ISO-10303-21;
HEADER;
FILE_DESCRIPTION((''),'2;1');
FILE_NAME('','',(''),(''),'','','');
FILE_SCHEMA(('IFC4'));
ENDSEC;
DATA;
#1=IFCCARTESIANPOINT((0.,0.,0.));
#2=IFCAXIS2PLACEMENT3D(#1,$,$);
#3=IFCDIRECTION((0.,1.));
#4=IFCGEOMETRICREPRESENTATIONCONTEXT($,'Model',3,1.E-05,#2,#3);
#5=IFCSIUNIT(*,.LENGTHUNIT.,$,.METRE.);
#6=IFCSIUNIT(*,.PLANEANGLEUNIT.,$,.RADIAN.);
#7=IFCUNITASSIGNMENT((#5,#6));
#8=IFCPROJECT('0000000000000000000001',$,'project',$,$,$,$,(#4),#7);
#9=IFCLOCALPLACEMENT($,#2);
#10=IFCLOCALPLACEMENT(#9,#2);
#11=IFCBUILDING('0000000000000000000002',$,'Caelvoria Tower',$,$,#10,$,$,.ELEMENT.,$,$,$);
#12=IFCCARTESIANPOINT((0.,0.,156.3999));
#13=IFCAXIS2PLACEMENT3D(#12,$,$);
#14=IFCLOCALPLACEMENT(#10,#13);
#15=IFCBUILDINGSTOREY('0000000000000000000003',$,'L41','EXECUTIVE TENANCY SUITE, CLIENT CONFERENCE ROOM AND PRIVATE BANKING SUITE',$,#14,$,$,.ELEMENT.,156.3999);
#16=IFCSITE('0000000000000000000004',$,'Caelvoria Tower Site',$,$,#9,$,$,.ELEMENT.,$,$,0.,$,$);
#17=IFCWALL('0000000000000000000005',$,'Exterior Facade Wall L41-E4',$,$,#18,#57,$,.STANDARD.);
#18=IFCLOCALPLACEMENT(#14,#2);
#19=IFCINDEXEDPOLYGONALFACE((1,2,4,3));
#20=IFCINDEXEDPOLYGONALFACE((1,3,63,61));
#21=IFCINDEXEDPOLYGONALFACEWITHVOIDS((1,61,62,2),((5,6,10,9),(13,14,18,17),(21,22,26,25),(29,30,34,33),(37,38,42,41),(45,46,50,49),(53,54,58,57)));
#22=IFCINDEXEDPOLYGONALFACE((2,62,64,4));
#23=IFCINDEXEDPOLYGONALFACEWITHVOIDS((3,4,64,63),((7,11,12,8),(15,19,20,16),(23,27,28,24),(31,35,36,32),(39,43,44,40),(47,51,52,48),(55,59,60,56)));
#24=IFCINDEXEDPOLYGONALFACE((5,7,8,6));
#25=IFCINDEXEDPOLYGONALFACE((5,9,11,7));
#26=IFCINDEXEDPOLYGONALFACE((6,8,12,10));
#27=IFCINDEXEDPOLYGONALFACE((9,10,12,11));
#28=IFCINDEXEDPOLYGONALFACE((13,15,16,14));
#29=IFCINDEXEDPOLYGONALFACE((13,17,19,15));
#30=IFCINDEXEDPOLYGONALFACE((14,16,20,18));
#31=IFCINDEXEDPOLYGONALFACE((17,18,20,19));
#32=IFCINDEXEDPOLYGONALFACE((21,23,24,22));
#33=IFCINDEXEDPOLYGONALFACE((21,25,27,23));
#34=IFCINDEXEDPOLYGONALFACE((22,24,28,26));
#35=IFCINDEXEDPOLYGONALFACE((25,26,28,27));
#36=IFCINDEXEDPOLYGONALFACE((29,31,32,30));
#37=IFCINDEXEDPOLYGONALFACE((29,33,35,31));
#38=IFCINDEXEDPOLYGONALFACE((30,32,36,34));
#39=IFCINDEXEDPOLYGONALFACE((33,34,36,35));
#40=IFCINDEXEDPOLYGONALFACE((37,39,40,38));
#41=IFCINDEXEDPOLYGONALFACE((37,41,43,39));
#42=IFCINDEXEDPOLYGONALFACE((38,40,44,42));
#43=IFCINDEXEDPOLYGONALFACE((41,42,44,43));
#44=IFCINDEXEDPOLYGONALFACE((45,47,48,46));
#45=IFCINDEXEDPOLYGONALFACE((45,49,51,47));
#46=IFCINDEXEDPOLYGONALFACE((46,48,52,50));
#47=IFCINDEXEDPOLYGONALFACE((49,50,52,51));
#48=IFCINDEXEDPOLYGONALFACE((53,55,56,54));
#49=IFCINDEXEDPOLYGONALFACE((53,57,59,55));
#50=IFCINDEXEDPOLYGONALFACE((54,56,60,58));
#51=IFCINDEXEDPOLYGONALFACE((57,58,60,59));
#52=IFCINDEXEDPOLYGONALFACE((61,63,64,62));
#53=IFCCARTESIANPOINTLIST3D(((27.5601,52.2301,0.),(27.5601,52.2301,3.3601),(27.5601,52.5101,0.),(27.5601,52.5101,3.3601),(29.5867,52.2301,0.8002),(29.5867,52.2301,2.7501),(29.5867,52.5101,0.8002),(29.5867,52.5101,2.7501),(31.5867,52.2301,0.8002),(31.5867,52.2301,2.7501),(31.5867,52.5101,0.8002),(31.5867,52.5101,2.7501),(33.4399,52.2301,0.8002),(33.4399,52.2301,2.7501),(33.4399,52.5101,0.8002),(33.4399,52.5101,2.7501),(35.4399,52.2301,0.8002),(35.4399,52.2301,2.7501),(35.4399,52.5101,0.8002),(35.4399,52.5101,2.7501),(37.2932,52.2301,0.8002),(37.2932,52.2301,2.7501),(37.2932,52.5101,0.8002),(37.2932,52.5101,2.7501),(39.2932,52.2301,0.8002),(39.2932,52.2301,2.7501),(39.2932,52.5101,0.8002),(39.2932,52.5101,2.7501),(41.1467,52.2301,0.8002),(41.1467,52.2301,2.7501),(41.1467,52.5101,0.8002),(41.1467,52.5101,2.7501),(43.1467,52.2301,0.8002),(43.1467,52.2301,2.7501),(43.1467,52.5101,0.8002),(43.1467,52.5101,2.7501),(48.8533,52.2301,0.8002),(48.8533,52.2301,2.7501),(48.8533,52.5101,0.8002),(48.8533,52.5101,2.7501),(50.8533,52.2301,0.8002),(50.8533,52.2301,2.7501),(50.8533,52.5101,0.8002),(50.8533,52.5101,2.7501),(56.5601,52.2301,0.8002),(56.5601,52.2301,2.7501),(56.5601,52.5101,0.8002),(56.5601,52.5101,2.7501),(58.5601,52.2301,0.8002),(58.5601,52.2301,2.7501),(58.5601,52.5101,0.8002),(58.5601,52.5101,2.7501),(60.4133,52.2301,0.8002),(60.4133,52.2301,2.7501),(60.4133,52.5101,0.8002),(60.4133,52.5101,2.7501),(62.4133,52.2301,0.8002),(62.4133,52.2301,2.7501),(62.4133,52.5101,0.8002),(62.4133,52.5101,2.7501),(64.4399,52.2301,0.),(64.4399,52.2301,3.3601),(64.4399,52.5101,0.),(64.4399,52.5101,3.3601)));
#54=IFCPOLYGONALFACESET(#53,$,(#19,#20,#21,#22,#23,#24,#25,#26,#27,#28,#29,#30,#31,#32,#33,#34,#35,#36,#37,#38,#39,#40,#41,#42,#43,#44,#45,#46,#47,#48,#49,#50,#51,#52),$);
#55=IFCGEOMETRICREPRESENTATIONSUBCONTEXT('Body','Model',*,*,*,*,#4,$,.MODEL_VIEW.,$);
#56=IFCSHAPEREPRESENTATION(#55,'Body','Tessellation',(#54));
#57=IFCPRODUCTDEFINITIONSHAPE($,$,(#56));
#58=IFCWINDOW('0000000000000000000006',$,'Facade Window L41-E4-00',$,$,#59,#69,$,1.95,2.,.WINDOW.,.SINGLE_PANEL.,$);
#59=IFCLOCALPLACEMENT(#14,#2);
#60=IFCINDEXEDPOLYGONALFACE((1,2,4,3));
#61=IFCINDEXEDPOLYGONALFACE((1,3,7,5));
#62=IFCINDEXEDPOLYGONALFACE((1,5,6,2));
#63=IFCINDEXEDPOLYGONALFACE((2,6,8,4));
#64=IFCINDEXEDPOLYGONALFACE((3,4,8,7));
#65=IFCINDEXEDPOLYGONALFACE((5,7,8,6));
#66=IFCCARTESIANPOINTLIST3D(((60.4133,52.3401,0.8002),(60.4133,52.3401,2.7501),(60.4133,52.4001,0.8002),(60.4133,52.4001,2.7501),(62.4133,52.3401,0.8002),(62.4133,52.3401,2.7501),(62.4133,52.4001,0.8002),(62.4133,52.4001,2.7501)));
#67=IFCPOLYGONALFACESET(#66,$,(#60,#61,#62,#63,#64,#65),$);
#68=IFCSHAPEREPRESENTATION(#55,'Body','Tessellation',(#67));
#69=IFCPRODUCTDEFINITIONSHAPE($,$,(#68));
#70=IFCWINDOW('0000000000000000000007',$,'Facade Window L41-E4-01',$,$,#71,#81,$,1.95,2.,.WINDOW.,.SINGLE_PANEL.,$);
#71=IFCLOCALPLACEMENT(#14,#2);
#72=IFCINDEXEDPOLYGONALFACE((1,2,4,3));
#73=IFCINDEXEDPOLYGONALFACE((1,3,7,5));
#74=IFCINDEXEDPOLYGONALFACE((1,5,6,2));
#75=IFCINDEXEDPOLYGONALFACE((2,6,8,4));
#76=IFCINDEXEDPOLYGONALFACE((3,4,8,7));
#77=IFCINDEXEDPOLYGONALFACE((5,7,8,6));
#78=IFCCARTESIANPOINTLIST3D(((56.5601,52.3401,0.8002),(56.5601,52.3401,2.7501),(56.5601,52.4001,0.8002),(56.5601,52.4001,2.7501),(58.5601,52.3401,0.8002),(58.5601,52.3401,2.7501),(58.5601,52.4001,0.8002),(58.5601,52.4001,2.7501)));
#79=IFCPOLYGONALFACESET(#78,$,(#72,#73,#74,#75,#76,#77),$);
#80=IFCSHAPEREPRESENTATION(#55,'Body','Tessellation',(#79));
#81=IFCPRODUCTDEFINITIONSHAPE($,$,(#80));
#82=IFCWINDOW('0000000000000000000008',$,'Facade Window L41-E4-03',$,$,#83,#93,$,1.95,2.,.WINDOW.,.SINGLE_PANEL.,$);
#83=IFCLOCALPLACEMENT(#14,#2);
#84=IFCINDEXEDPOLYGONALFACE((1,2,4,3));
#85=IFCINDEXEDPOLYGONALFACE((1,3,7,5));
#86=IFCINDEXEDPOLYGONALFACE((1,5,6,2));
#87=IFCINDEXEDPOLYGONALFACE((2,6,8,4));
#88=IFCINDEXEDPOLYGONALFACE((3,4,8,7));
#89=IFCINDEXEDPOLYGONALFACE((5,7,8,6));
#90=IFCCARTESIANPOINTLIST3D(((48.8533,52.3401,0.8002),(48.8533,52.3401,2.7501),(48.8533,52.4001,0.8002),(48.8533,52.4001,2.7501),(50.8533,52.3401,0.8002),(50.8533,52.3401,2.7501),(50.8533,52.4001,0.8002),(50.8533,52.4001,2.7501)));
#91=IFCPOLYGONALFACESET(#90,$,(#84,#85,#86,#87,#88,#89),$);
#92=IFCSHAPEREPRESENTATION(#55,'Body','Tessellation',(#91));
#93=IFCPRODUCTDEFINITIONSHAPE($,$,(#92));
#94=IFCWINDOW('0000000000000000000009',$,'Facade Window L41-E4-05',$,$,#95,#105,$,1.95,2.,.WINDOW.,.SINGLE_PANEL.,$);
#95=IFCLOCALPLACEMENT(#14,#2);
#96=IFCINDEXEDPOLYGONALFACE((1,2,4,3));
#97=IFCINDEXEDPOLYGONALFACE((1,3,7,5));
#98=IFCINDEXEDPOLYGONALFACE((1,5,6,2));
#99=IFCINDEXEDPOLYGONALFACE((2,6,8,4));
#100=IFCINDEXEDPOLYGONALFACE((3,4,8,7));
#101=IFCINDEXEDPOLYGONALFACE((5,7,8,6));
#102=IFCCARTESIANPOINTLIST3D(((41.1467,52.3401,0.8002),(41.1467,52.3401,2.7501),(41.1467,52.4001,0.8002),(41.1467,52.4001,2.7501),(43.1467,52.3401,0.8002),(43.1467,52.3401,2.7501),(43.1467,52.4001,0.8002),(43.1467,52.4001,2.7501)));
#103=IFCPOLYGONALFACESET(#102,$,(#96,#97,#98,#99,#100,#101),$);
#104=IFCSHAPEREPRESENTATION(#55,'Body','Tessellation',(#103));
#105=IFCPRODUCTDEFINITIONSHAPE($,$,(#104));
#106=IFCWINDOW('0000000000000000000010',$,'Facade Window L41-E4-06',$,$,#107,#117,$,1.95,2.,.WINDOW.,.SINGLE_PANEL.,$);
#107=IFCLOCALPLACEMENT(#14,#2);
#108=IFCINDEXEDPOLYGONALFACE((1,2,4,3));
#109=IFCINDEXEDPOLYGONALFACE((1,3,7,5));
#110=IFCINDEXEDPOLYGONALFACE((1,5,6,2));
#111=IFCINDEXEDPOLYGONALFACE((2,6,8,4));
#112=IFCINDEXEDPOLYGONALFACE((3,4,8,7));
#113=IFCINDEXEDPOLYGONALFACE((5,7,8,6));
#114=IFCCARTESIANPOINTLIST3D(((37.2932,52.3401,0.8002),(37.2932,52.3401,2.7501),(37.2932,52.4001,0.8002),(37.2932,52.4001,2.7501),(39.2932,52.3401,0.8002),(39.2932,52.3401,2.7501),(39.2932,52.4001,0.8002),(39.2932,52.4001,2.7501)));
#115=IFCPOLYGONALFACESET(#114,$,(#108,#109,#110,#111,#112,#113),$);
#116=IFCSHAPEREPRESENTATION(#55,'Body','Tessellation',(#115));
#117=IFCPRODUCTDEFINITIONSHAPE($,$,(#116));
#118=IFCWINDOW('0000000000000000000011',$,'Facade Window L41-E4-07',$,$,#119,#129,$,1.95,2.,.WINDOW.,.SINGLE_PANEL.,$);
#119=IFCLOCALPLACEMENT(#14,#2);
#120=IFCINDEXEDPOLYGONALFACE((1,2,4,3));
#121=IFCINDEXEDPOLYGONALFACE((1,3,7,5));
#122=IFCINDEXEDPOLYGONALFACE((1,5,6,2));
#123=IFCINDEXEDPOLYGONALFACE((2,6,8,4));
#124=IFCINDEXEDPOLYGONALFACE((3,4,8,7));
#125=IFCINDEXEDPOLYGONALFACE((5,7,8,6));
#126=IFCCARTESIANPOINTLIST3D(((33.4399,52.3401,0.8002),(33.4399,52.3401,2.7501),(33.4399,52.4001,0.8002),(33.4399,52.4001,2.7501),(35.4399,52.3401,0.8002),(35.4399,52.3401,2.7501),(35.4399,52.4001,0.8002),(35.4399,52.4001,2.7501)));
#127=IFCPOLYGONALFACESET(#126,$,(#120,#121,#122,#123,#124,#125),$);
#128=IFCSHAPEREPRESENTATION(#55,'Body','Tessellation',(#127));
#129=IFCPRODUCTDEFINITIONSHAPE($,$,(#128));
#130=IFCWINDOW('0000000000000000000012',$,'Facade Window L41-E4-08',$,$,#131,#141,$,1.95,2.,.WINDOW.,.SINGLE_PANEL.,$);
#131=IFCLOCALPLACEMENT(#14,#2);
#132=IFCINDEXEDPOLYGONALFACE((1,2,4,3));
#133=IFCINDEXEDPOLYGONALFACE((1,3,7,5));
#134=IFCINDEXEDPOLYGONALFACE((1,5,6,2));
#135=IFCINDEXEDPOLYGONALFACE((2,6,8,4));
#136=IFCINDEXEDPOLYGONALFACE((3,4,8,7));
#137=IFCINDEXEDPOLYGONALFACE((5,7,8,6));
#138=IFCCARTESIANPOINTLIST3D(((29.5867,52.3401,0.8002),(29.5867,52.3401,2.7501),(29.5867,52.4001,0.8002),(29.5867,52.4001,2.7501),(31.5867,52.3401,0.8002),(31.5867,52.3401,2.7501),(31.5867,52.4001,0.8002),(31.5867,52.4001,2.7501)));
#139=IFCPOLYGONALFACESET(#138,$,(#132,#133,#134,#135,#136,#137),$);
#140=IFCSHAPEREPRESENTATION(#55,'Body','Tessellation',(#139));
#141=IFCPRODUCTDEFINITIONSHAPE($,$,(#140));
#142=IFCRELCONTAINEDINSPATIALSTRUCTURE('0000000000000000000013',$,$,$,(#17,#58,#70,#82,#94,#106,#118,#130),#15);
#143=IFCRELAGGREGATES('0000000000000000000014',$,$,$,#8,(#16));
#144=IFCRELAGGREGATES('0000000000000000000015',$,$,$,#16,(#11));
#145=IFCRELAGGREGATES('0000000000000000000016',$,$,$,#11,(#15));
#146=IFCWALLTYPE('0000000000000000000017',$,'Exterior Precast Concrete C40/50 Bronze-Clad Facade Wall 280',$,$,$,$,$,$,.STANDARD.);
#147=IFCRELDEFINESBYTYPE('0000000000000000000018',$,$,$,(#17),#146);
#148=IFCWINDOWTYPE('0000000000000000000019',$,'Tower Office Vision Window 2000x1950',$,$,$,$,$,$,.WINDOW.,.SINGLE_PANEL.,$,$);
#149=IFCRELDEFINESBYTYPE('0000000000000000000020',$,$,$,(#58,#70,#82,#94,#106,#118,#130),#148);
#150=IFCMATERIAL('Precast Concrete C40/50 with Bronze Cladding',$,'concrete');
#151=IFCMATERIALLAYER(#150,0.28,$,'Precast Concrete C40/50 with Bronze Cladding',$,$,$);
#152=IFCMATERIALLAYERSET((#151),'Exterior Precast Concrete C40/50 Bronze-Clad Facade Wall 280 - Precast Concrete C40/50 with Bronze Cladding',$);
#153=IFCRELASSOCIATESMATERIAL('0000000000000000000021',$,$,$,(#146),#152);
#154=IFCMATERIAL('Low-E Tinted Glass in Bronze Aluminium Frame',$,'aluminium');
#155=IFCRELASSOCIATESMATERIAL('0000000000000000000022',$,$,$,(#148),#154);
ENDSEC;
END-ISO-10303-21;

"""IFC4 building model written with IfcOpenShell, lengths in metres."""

from ifc_helpers import new_model, si_unit, direction, frame, frame_2d, origin, place, context, subcontext, project, spatial, rectangle, extrude, material, layer, layer_set, type_object, element, fill, save


model = new_model("IFC4")

# Units and contexts
model_context = context("Model", 3, precision=1e-05, world=origin(), true_north=direction((0.0, 1.0)))
body_context = subcontext(model_context, "Body", "Model", "MODEL_VIEW")
ifc_project = project(units=[si_unit("LENGTHUNIT", "METRE"), si_unit("PLANEANGLEUNIT", "RADIAN")], contexts=[model_context])

# Site, building, storey
site_placement = place(None, origin())
site = spatial("IfcSite", under=ifc_project, at=site_placement, Name="Caelvoria Tower Site", CompositionType="ELEMENT", RefElevation=0.0)
building_placement = place(site_placement, origin())
building = spatial("IfcBuilding", under=site, at=building_placement, Name="Caelvoria Tower", CompositionType="ELEMENT")
storey_placement = place(building_placement, frame((0.0, 0.0, 156.3999)))
storey = spatial("IfcBuildingStorey", under=building, at=storey_placement, Name="L41", Description="EXECUTIVE TENANCY SUITE, CLIENT CONFERENCE ROOM AND PRIVATE BANKING SUITE", CompositionType="ELEMENT", Elevation=156.3999)

# Shared definitions
ifc_material_1 = material(Name="Precast Concrete C40/50 with Bronze Cladding", Category="concrete")
ifc_layer_1 = layer(ifc_material_1, 0.28, Name="Precast Concrete C40/50 with Bronze Cladding")
ifc_layer_set_1 = layer_set([ifc_layer_1], Name="Exterior Precast Concrete C40/50 Bronze-Clad Facade Wall 280 - Precast Concrete C40/50 with Bronze Cladding")
wall_type_1 = type_object("IfcWallType", Name="Exterior Precast Concrete C40/50 Bronze-Clad Facade Wall 280", PredefinedType="STANDARD", material=ifc_layer_set_1)

# Wall, openings, windows
wall_1_placement = place(storey_placement, frame((64.4399, 52.3701, 0.0), z_axis=(0.0, 0.0, 1.0), x_axis=(-1.0, 0.0, 0.0)))
wall_1 = element("IfcWall", 1, at=wall_1_placement, inside=storey, type_object=wall_type_1, Name="Exterior Facade Wall L41-E4", PredefinedType="STANDARD", context=body_context, shape_type="SweptSolid", body=[
    extrude(rectangle(XDim=36.8799, YDim=0.28, at=frame_2d((18.4399, 0.0))), origin(), (0.0, 0.0, 1.0), 3.3601),
])
opening_1_placement = place(wall_1_placement, frame((2.0266, 0.0, 0.8)))
opening_1 = element("IfcOpeningElement", 2, at=opening_1_placement, cuts=wall_1, PredefinedType="OPENING", context=body_context, shape_type="SweptSolid", body=[
    extrude(rectangle(XDim=2.0, YDim=1.95, at=frame_2d((1.0, 0.9751))), frame((0.0, 0.1499, 0.0), z_axis=(0.0, -1.0, 0.0), x_axis=(1.0, 0.0, 0.0)), (0.0, 0.0, 1.0), 0.3),
])
opening_2_placement = place(wall_1_placement, frame((5.8799, 0.0, 0.8)))
opening_2 = element("IfcOpeningElement", 3, at=opening_2_placement, cuts=wall_1, PredefinedType="OPENING", context=body_context, shape_type="SweptSolid", body=[
    extrude(rectangle(XDim=2.0, YDim=1.95, at=frame_2d((1.0, 0.9751))), frame((0.0, 0.1499, 0.0), z_axis=(0.0, -1.0, 0.0), x_axis=(1.0, 0.0, 0.0)), (0.0, 0.0, 1.0), 0.3),
])
opening_3_placement = place(wall_1_placement, frame((13.5867, 0.0, 0.8)))
opening_3 = element("IfcOpeningElement", 4, at=opening_3_placement, cuts=wall_1, PredefinedType="OPENING", context=body_context, shape_type="SweptSolid", body=[
    extrude(rectangle(XDim=2.0, YDim=1.95, at=frame_2d((1.0, 0.9751))), frame((0.0, 0.1499, 0.0), z_axis=(0.0, -1.0, 0.0), x_axis=(1.0, 0.0, 0.0)), (0.0, 0.0, 1.0), 0.3),
])
opening_4_placement = place(wall_1_placement, frame((21.2932, 0.0, 0.8)))
opening_4 = element("IfcOpeningElement", 5, at=opening_4_placement, cuts=wall_1, PredefinedType="OPENING", context=body_context, shape_type="SweptSolid", body=[
    extrude(rectangle(XDim=2.0, YDim=1.95, at=frame_2d((1.0, 0.9751))), frame((0.0, 0.1499, 0.0), z_axis=(0.0, -1.0, 0.0), x_axis=(1.0, 0.0, 0.0)), (0.0, 0.0, 1.0), 0.3),
])
opening_5_placement = place(wall_1_placement, frame((25.1467, 0.0, 0.8)))
opening_5 = element("IfcOpeningElement", 6, at=opening_5_placement, cuts=wall_1, PredefinedType="OPENING", context=body_context, shape_type="SweptSolid", body=[
    extrude(rectangle(XDim=2.0, YDim=1.95, at=frame_2d((1.0, 0.9751))), frame((0.0, 0.1499, 0.0), z_axis=(0.0, -1.0, 0.0), x_axis=(1.0, 0.0, 0.0)), (0.0, 0.0, 1.0), 0.3),
])
opening_6_placement = place(wall_1_placement, frame((29.0, 0.0, 0.8)))
opening_6 = element("IfcOpeningElement", 7, at=opening_6_placement, cuts=wall_1, PredefinedType="OPENING", context=body_context, shape_type="SweptSolid", body=[
    extrude(rectangle(XDim=2.0, YDim=1.95, at=frame_2d((1.0, 0.9751))), frame((0.0, 0.1499, 0.0), z_axis=(0.0, -1.0, 0.0), x_axis=(1.0, 0.0, 0.0)), (0.0, 0.0, 1.0), 0.3),
])
opening_7_placement = place(wall_1_placement, frame((32.8533, 0.0, 0.8)))
opening_7 = element("IfcOpeningElement", 8, at=opening_7_placement, cuts=wall_1, PredefinedType="OPENING", context=body_context, shape_type="SweptSolid", body=[
    extrude(rectangle(XDim=2.0, YDim=1.95, at=frame_2d((1.0, 0.9751))), frame((0.0, 0.1499, 0.0), z_axis=(0.0, -1.0, 0.0), x_axis=(1.0, 0.0, 0.0)), (0.0, 0.0, 1.0), 0.3),
])
ifc_material_2 = material(Name="Low-E Tinted Glass in Bronze Aluminium Frame", Category="aluminium")
window_type = type_object("IfcWindowType", Name="Tower Office Vision Window 2000x1950", PartitioningType="SINGLE_PANEL", PredefinedType="WINDOW", material=ifc_material_2)
window_1_placement = place(opening_1_placement, origin())
window_1 = element("IfcWindow", 9, at=window_1_placement, inside=storey, type_object=window_type, Name="Facade Window L41-E4-00", OverallHeight=1.95, OverallWidth=2.0, PartitioningType="SINGLE_PANEL", PredefinedType="WINDOW", context=body_context, shape_type="SweptSolid", body=[
    extrude(rectangle(XDim=2.0, YDim=1.95, at=frame_2d((1.0, 0.9751))), frame((0.0, 0.03, 0.0), z_axis=(0.0, -1.0, 0.0), x_axis=(1.0, 0.0, 0.0)), (0.0, 0.0, 1.0), 0.0601),
])
fill(opening_1, window_1)
window_2_placement = place(opening_2_placement, origin())
window_2 = element("IfcWindow", 10, at=window_2_placement, inside=storey, type_object=window_type, Name="Facade Window L41-E4-01", OverallHeight=1.95, OverallWidth=2.0, PartitioningType="SINGLE_PANEL", PredefinedType="WINDOW", context=body_context, shape_type="SweptSolid", body=[
    extrude(rectangle(XDim=2.0, YDim=1.95, at=frame_2d((1.0, 0.9751))), frame((0.0, 0.03, 0.0), z_axis=(0.0, -1.0, 0.0), x_axis=(1.0, 0.0, 0.0)), (0.0, 0.0, 1.0), 0.0601),
])
fill(opening_2, window_2)
window_3_placement = place(opening_3_placement, origin())
window_3 = element("IfcWindow", 11, at=window_3_placement, inside=storey, type_object=window_type, Name="Facade Window L41-E4-03", OverallHeight=1.95, OverallWidth=2.0, PartitioningType="SINGLE_PANEL", PredefinedType="WINDOW", context=body_context, shape_type="SweptSolid", body=[
    extrude(rectangle(XDim=2.0, YDim=1.95, at=frame_2d((1.0, 0.9751))), frame((0.0, 0.03, 0.0), z_axis=(0.0, -1.0, 0.0), x_axis=(1.0, 0.0, 0.0)), (0.0, 0.0, 1.0), 0.0601),
])
fill(opening_3, window_3)
window_4_placement = place(opening_4_placement, origin())
window_4 = element("IfcWindow", 12, at=window_4_placement, inside=storey, type_object=window_type, Name="Facade Window L41-E4-05", OverallHeight=1.95, OverallWidth=2.0, PartitioningType="SINGLE_PANEL", PredefinedType="WINDOW", context=body_context, shape_type="SweptSolid", body=[
    extrude(rectangle(XDim=2.0, YDim=1.95, at=frame_2d((1.0, 0.9751))), frame((0.0, 0.03, 0.0), z_axis=(0.0, -1.0, 0.0), x_axis=(1.0, 0.0, 0.0)), (0.0, 0.0, 1.0), 0.0601),
])
fill(opening_4, window_4)
window_5_placement = place(opening_5_placement, origin())
window_5 = element("IfcWindow", 13, at=window_5_placement, inside=storey, type_object=window_type, Name="Facade Window L41-E4-06", OverallHeight=1.95, OverallWidth=2.0, PartitioningType="SINGLE_PANEL", PredefinedType="WINDOW", context=body_context, shape_type="SweptSolid", body=[
    extrude(rectangle(XDim=2.0, YDim=1.95, at=frame_2d((1.0, 0.9751))), frame((0.0, 0.03, 0.0), z_axis=(0.0, -1.0, 0.0), x_axis=(1.0, 0.0, 0.0)), (0.0, 0.0, 1.0), 0.0601),
])
fill(opening_5, window_5)
window_6_placement = place(opening_6_placement, origin())
window_6 = element("IfcWindow", 14, at=window_6_placement, inside=storey, type_object=window_type, Name="Facade Window L41-E4-07", OverallHeight=1.95, OverallWidth=2.0, PartitioningType="SINGLE_PANEL", PredefinedType="WINDOW", context=body_context, shape_type="SweptSolid", body=[
    extrude(rectangle(XDim=2.0, YDim=1.95, at=frame_2d((1.0, 0.9751))), frame((0.0, 0.03, 0.0), z_axis=(0.0, -1.0, 0.0), x_axis=(1.0, 0.0, 0.0)), (0.0, 0.0, 1.0), 0.0601),
])
fill(opening_6, window_6)
window_7_placement = place(opening_7_placement, origin())
window_7 = element("IfcWindow", 15, at=window_7_placement, inside=storey, type_object=window_type, Name="Facade Window L41-E4-08", OverallHeight=1.95, OverallWidth=2.0, PartitioningType="SINGLE_PANEL", PredefinedType="WINDOW", context=body_context, shape_type="SweptSolid", body=[
    extrude(rectangle(XDim=2.0, YDim=1.95, at=frame_2d((1.0, 0.9751))), frame((0.0, 0.03, 0.0), z_axis=(0.0, -1.0, 0.0), x_axis=(1.0, 0.0, 0.0)), (0.0, 0.0, 1.0), 0.0601),
])
fill(opening_7, window_7)

save(model, "model.ifc")
